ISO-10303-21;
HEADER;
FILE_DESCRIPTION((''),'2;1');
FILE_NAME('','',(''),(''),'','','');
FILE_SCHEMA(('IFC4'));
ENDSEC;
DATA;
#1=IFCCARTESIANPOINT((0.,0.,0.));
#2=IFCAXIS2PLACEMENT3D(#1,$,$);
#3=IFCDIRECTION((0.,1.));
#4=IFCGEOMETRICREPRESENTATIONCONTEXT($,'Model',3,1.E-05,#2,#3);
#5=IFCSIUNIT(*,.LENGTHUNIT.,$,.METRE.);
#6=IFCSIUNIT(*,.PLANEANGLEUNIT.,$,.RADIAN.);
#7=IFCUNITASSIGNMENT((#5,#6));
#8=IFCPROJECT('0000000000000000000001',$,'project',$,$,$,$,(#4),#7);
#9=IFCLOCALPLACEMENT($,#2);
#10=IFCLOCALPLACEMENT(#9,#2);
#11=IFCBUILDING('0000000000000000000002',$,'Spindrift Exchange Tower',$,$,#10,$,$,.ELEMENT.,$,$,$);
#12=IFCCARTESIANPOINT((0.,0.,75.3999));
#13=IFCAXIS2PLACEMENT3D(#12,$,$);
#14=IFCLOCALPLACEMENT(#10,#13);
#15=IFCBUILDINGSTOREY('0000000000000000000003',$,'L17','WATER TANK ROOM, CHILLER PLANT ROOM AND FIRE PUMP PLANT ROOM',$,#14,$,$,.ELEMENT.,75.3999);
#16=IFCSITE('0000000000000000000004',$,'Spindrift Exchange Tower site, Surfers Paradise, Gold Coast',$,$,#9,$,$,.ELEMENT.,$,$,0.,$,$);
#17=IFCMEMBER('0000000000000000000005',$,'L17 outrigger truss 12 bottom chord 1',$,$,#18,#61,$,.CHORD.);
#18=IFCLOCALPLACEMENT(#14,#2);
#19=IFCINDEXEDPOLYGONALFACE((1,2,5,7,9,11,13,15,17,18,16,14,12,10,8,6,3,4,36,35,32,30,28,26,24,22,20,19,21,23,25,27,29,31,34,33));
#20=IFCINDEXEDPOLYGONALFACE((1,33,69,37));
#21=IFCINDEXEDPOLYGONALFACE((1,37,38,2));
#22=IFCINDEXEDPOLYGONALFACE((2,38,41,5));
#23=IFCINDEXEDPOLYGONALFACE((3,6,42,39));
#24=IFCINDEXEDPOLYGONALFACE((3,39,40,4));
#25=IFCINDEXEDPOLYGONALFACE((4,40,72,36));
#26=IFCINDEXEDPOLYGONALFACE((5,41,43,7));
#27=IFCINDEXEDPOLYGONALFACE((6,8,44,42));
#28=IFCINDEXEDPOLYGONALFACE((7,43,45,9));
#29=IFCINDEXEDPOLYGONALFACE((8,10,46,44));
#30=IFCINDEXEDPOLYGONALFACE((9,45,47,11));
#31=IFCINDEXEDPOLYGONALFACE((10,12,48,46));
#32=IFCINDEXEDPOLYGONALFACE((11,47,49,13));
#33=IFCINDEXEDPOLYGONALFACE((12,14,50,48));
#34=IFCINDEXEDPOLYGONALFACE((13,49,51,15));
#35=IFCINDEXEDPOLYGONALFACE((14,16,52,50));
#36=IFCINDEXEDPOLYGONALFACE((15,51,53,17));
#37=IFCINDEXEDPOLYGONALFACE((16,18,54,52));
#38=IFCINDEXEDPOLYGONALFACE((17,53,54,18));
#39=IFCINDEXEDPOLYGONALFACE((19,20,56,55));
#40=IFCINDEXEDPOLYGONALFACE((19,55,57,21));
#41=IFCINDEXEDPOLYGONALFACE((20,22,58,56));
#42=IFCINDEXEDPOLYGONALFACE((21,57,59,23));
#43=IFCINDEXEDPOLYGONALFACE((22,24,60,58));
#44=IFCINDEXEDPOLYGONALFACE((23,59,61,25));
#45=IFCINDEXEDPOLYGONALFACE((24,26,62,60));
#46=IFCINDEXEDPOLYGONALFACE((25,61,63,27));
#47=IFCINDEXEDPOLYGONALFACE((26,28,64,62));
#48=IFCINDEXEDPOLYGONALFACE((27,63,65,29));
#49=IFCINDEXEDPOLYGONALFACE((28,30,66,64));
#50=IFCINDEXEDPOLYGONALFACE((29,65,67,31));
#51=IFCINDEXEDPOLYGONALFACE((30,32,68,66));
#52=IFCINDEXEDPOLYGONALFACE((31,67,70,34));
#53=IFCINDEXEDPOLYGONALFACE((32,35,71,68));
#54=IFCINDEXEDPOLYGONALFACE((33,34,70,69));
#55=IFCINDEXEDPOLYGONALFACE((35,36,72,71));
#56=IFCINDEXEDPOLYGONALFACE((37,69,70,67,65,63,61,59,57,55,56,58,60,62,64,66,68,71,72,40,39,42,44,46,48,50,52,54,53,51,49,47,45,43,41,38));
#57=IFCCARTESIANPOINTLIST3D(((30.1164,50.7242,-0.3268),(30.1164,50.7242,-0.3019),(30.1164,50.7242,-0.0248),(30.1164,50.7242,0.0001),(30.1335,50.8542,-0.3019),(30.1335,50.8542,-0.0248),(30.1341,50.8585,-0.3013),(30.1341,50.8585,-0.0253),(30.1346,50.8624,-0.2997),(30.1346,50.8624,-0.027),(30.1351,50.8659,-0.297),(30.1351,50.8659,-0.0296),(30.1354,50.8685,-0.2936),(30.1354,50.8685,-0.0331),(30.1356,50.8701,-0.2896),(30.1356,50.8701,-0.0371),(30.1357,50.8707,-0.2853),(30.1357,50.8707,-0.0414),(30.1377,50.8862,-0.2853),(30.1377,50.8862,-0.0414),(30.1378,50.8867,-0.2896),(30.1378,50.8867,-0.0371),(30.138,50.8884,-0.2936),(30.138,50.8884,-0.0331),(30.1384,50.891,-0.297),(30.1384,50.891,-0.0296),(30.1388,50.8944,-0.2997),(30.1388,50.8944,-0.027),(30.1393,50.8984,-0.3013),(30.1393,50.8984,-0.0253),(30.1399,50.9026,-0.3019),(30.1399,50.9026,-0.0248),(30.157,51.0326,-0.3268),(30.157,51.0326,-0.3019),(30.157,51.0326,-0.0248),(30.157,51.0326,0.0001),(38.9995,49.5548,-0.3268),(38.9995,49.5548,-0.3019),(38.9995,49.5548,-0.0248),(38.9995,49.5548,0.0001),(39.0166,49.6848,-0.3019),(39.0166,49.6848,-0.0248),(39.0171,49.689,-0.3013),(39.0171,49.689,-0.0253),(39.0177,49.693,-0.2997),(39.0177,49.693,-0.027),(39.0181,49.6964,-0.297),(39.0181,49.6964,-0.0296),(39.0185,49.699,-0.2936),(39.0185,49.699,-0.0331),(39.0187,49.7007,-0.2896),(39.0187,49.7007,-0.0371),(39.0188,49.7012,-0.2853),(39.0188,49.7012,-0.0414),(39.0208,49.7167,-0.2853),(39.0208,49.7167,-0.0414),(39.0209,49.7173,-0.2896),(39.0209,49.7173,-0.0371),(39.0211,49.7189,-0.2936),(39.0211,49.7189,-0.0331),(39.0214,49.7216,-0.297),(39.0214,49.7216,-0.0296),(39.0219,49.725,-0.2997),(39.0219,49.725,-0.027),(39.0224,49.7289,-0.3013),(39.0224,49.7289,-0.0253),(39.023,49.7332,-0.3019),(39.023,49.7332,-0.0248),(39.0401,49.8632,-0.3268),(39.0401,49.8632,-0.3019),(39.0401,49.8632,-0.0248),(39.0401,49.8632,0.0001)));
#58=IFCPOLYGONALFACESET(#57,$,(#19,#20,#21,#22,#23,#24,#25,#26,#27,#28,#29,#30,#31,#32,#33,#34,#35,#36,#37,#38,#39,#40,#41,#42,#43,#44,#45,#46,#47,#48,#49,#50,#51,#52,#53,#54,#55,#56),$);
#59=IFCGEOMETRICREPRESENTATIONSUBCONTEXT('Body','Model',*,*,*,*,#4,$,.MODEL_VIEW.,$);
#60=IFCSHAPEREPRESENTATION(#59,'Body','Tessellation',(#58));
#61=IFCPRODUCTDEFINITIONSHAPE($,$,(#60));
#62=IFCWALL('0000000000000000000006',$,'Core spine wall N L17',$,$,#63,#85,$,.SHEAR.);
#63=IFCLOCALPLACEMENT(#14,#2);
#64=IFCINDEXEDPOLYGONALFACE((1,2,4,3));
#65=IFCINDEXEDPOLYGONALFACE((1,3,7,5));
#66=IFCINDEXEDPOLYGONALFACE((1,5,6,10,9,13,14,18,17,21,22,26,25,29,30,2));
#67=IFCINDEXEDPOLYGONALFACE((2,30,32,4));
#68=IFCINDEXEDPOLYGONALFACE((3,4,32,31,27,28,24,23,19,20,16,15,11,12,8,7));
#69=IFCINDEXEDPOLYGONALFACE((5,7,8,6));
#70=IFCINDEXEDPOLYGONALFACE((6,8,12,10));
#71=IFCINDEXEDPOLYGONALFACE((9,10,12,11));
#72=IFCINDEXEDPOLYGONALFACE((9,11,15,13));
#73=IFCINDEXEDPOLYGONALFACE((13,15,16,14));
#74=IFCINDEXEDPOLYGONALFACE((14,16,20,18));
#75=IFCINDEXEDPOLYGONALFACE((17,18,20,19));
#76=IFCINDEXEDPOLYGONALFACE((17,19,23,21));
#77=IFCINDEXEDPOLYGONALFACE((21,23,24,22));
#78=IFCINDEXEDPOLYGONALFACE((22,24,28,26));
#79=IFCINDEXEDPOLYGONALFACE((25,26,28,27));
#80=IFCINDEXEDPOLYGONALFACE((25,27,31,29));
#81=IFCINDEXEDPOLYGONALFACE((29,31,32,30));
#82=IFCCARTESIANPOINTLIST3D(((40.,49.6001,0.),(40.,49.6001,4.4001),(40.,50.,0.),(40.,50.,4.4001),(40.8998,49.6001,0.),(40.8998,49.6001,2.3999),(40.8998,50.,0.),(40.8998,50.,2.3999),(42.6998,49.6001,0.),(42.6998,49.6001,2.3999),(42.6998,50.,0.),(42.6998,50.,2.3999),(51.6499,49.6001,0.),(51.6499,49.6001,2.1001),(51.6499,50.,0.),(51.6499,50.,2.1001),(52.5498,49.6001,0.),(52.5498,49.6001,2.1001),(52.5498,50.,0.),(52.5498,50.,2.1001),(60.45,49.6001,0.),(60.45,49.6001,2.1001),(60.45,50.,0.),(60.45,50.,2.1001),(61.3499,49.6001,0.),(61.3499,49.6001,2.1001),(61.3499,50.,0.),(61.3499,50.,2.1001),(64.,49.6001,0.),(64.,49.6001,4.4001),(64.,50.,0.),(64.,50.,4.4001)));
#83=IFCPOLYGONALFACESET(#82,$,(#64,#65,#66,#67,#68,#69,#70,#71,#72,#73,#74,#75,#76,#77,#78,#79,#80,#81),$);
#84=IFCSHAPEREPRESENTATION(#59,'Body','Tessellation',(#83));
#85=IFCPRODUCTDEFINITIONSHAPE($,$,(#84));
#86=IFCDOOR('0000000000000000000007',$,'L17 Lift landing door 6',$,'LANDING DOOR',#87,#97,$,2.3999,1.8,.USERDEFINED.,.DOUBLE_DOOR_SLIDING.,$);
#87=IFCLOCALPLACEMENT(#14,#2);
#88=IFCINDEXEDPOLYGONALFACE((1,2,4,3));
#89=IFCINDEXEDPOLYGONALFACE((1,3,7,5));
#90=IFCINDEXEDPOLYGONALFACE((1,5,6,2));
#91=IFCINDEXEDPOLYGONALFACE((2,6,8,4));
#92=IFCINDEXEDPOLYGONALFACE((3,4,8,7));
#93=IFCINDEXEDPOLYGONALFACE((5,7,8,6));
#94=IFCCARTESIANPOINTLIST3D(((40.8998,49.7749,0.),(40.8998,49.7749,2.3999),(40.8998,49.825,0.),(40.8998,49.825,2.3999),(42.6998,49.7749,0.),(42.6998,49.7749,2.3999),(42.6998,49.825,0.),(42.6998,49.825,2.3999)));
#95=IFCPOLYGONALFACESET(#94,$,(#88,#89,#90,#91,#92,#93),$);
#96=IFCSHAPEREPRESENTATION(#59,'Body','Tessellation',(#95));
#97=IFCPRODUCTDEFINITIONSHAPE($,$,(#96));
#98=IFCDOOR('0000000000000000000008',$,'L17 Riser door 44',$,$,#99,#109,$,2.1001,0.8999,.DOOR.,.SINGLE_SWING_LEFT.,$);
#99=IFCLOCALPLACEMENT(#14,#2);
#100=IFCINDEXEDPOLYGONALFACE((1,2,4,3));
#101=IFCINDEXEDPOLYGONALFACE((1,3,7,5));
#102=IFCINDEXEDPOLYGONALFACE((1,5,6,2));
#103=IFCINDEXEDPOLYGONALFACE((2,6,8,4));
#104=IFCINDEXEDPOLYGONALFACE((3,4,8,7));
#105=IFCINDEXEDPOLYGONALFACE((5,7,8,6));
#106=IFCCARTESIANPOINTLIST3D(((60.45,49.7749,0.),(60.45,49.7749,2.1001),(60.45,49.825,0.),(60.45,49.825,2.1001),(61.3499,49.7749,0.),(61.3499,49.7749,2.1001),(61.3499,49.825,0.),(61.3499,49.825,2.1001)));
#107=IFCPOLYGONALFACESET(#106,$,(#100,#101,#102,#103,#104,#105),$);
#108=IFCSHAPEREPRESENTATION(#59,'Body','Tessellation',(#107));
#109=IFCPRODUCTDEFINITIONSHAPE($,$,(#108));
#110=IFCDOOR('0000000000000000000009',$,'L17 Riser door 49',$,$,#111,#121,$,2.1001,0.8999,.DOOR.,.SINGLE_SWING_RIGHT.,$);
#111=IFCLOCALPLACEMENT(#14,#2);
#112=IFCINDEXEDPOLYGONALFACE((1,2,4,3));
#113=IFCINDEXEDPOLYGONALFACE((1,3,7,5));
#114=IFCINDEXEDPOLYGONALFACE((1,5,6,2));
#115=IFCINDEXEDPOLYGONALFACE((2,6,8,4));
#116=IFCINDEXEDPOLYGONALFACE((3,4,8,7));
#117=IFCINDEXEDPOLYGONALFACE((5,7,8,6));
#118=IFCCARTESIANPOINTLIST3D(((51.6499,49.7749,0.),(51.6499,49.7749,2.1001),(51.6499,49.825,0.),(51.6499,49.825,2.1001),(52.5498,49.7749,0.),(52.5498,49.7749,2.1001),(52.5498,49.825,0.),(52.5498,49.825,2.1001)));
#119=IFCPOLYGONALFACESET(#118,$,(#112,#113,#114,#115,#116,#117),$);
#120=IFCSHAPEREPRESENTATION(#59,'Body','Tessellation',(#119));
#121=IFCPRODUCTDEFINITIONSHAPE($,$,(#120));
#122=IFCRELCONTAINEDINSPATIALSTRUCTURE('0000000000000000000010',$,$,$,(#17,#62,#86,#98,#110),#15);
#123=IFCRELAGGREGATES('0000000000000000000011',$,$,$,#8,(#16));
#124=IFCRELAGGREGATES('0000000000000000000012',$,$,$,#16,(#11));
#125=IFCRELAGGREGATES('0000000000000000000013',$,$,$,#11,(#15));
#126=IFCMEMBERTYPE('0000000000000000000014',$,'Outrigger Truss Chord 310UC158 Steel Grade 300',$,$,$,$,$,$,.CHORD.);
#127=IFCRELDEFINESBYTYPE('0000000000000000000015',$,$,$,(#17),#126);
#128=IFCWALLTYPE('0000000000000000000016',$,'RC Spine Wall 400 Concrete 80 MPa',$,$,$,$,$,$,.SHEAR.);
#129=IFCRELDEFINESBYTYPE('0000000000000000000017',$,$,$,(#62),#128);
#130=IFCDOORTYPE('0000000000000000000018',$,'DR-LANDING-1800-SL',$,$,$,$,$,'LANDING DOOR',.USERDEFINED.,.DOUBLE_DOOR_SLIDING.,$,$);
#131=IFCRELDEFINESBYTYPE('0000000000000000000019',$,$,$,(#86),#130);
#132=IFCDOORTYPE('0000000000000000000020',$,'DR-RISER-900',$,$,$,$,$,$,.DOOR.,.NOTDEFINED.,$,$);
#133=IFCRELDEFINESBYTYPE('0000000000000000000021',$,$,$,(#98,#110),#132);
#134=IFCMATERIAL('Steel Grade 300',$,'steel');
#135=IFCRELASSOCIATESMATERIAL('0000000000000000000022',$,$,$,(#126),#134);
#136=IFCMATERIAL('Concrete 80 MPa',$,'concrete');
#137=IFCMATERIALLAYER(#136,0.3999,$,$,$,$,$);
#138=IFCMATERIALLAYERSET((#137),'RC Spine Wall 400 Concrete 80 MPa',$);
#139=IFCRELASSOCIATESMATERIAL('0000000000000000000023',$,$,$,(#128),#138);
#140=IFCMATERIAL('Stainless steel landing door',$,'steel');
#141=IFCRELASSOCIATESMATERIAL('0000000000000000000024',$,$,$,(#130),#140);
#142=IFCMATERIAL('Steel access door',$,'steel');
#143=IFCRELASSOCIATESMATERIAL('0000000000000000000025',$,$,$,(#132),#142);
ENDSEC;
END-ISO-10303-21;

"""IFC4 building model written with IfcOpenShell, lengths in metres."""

from ifc_helpers import new_model, si_unit, direction, frame, frame_2d, origin, origin_2d, place, context, subcontext, project, spatial, rectangle, i_section, extrude, source, transform, mapped, material, layer, layer_set, material_profile, profile_set, type_object, element, fill, save


model = new_model("IFC4")

# Units and contexts
model_context = context("Model", 3, precision=1e-05, world=origin(), true_north=direction((0.0, 1.0)))
body_context = subcontext(model_context, "Body", "Model", "MODEL_VIEW")
ifc_project = project(units=[si_unit("LENGTHUNIT", "METRE"), si_unit("PLANEANGLEUNIT", "RADIAN")], contexts=[model_context])

# Site, building, storey
site_placement = place(None, origin())
site = spatial("IfcSite", under=ifc_project, at=site_placement, Name="Spindrift Exchange Tower site, Surfers Paradise, Gold Coast", CompositionType="ELEMENT", RefElevation=0.0)
building_placement = place(site_placement, origin())
building = spatial("IfcBuilding", under=site, at=building_placement, Name="Spindrift Exchange Tower", CompositionType="ELEMENT")
storey_placement = place(building_placement, frame((0.0, 0.0, 75.3999)))
storey = spatial("IfcBuildingStorey", under=building, at=storey_placement, Name="L17", Description="WATER TANK ROOM, CHILLER PLANT ROOM AND FIRE PUMP PLANT ROOM", CompositionType="ELEMENT", Elevation=75.3999)

# Shared definitions
ifc_material_1 = material(Name="Steel Grade 300", Category="steel")

# Shared definitions
ifc_material_profile_1 = material_profile(ifc_material_1, i_section(OverallWidth=0.311, OverallDepth=0.3269, WebThickness=0.0156, FlangeThickness=0.0249, FilletRadius=0.0166, at=origin_2d()), Name="310UC158")
ifc_profile_set_1 = profile_set([ifc_material_profile_1], Name="Steel Grade 300")
member_type = type_object("IfcMemberType", Name="Outrigger Truss Chord 310UC158 Steel Grade 300", PredefinedType="CHORD", material=ifc_profile_set_1)

# Member
shared_shape_1 = source(origin(), body_context, "Body", "SweptSolid", [
    extrude(i_section(OverallWidth=0.311, OverallDepth=0.3269, WebThickness=0.0156, FlangeThickness=0.0249, FilletRadius=0.0166, at=origin_2d()), origin(), (0.0, 0.0, 1.0), 8.9597),
])
member_1_placement = place(storey_placement, frame((39.0198, 49.709, -0.1633), z_axis=(-0.991445, 0.130521, 0.0), x_axis=(-0.130521, -0.991445, 0.0)))
element("IfcMember", 1, at=member_1_placement, inside=storey, type_object=member_type, Name="L17 outrigger truss 12 bottom chord 1", PredefinedType="CHORD", context=body_context, shape_type="MappedRepresentation", body=[
    mapped(shared_shape_1, transform((0.0, 0.0, 0.0), scale=1.0)),
])

# Wall, openings, doors
ifc_material_2 = material(Name="Concrete 80 MPa", Category="concrete")
ifc_layer_1 = layer(ifc_material_2, 0.3999)
ifc_layer_set_1 = layer_set([ifc_layer_1], Name="RC Spine Wall 400 Concrete 80 MPa")
wall_type_1 = type_object("IfcWallType", Name="RC Spine Wall 400 Concrete 80 MPa", PredefinedType="SHEAR", material=ifc_layer_set_1)
wall_1_placement = place(storey_placement, frame((40.0, 49.8, 0.0), z_axis=(0.0, 0.0, 1.0), x_axis=(1.0, 0.0, 0.0)))
wall_1 = element("IfcWall", 2, at=wall_1_placement, inside=storey, type_object=wall_type_1, Name="Core spine wall N L17", PredefinedType="SHEAR", context=body_context, shape_type="SweptSolid", body=[
    extrude(rectangle(XDim=24.0, YDim=0.3999, at=frame_2d((12.0, 0.0))), origin(), (0.0, 0.0, 1.0), 4.4001),
])
opening_1_placement = place(wall_1_placement, frame((0.8999, 0.0, 0.0)))
opening_1 = element("IfcOpeningElement", 3, at=opening_1_placement, cuts=wall_1, PredefinedType="OPENING", context=body_context, shape_type="SweptSolid", body=[
    extrude(rectangle(XDim=1.8, YDim=2.3999, at=frame_2d((0.8999, 1.2))), frame((0.0, 0.21, 0.0), z_axis=(0.0, -1.0, 0.0), x_axis=(1.0, 0.0, 0.0)), (0.0, 0.0, 1.0), 0.4199),
])
opening_2_placement = place(wall_1_placement, frame((20.45, 0.0, 0.0)))
opening_2 = element("IfcOpeningElement", 4, at=opening_2_placement, cuts=wall_1, PredefinedType="OPENING", context=body_context, shape_type="SweptSolid", body=[
    extrude(rectangle(XDim=0.8999, YDim=2.1001, at=frame_2d((0.45, 1.05))), frame((0.0, 0.21, 0.0), z_axis=(0.0, -1.0, 0.0), x_axis=(1.0, 0.0, 0.0)), (0.0, 0.0, 1.0), 0.4199),
])
opening_3_placement = place(wall_1_placement, frame((11.6499, 0.0, 0.0)))
opening_3 = element("IfcOpeningElement", 5, at=opening_3_placement, cuts=wall_1, PredefinedType="OPENING", context=body_context, shape_type="SweptSolid", body=[
    extrude(rectangle(XDim=0.8999, YDim=2.1001, at=frame_2d((0.45, 1.05))), frame((0.0, 0.21, 0.0), z_axis=(0.0, -1.0, 0.0), x_axis=(1.0, 0.0, 0.0)), (0.0, 0.0, 1.0), 0.4199),
])
ifc_material_3 = material(Name="Stainless steel landing door", Category="steel")
door_type_1 = type_object("IfcDoorType", Name="DR-LANDING-1800-SL", ElementType="LANDING DOOR", OperationType="DOUBLE_DOOR_SLIDING", PredefinedType="USERDEFINED", material=ifc_material_3)
shared_shape_2 = source(origin(), body_context, "Body", "SweptSolid", [
    extrude(rectangle(XDim=1.8, YDim=2.3999, at=frame_2d((0.8999, 1.2))), frame((0.0, 0.0249, 0.0), z_axis=(0.0, -1.0, 0.0), x_axis=(1.0, 0.0, 0.0)), (0.0, 0.0, 1.0), 0.05),
])
door_1_placement = place(opening_1_placement, origin())
door_1 = element("IfcDoor", 6, at=door_1_placement, inside=storey, type_object=door_type_1, Name="L17 Lift landing door 6", ObjectType="LANDING DOOR", OperationType="DOUBLE_DOOR_SLIDING", OverallHeight=2.3999, OverallWidth=1.8, PredefinedType="USERDEFINED", context=body_context, shape_type="MappedRepresentation", body=[
    mapped(shared_shape_2, transform((0.0, 0.0, 0.0), scale=1.0)),
])
fill(opening_1, door_1)
ifc_material_4 = material(Name="Steel access door", Category="steel")
door_type_2 = type_object("IfcDoorType", Name="DR-RISER-900", OperationType="NOTDEFINED", PredefinedType="DOOR", material=ifc_material_4)
shared_shape_3 = source(origin(), body_context, "Body", "SweptSolid", [
    extrude(rectangle(XDim=0.8999, YDim=2.1001, at=frame_2d((0.45, 1.05))), frame((0.0, 0.0249, 0.0), z_axis=(0.0, -1.0, 0.0), x_axis=(1.0, 0.0, 0.0)), (0.0, 0.0, 1.0), 0.05),
])
door_2_placement = place(opening_2_placement, origin())
door_2 = element("IfcDoor", 7, at=door_2_placement, inside=storey, type_object=door_type_2, Name="L17 Riser door 44", OperationType="SINGLE_SWING_LEFT", OverallHeight=2.1001, OverallWidth=0.8999, PredefinedType="DOOR", context=body_context, shape_type="MappedRepresentation", body=[
    mapped(shared_shape_3, transform((0.0, 0.0, 0.0), scale=1.0)),
])
fill(opening_2, door_2)
door_3_placement = place(opening_3_placement, origin())
door_3 = element("IfcDoor", 8, at=door_3_placement, inside=storey, type_object=door_type_2, Name="L17 Riser door 49", OperationType="SINGLE_SWING_RIGHT", OverallHeight=2.1001, OverallWidth=0.8999, PredefinedType="DOOR", context=body_context, shape_type="MappedRepresentation", body=[
    mapped(shared_shape_3, transform((0.0, 0.0, 0.0), scale=1.0)),
])
fill(opening_3, door_3)

save(model, "model.ifc")
